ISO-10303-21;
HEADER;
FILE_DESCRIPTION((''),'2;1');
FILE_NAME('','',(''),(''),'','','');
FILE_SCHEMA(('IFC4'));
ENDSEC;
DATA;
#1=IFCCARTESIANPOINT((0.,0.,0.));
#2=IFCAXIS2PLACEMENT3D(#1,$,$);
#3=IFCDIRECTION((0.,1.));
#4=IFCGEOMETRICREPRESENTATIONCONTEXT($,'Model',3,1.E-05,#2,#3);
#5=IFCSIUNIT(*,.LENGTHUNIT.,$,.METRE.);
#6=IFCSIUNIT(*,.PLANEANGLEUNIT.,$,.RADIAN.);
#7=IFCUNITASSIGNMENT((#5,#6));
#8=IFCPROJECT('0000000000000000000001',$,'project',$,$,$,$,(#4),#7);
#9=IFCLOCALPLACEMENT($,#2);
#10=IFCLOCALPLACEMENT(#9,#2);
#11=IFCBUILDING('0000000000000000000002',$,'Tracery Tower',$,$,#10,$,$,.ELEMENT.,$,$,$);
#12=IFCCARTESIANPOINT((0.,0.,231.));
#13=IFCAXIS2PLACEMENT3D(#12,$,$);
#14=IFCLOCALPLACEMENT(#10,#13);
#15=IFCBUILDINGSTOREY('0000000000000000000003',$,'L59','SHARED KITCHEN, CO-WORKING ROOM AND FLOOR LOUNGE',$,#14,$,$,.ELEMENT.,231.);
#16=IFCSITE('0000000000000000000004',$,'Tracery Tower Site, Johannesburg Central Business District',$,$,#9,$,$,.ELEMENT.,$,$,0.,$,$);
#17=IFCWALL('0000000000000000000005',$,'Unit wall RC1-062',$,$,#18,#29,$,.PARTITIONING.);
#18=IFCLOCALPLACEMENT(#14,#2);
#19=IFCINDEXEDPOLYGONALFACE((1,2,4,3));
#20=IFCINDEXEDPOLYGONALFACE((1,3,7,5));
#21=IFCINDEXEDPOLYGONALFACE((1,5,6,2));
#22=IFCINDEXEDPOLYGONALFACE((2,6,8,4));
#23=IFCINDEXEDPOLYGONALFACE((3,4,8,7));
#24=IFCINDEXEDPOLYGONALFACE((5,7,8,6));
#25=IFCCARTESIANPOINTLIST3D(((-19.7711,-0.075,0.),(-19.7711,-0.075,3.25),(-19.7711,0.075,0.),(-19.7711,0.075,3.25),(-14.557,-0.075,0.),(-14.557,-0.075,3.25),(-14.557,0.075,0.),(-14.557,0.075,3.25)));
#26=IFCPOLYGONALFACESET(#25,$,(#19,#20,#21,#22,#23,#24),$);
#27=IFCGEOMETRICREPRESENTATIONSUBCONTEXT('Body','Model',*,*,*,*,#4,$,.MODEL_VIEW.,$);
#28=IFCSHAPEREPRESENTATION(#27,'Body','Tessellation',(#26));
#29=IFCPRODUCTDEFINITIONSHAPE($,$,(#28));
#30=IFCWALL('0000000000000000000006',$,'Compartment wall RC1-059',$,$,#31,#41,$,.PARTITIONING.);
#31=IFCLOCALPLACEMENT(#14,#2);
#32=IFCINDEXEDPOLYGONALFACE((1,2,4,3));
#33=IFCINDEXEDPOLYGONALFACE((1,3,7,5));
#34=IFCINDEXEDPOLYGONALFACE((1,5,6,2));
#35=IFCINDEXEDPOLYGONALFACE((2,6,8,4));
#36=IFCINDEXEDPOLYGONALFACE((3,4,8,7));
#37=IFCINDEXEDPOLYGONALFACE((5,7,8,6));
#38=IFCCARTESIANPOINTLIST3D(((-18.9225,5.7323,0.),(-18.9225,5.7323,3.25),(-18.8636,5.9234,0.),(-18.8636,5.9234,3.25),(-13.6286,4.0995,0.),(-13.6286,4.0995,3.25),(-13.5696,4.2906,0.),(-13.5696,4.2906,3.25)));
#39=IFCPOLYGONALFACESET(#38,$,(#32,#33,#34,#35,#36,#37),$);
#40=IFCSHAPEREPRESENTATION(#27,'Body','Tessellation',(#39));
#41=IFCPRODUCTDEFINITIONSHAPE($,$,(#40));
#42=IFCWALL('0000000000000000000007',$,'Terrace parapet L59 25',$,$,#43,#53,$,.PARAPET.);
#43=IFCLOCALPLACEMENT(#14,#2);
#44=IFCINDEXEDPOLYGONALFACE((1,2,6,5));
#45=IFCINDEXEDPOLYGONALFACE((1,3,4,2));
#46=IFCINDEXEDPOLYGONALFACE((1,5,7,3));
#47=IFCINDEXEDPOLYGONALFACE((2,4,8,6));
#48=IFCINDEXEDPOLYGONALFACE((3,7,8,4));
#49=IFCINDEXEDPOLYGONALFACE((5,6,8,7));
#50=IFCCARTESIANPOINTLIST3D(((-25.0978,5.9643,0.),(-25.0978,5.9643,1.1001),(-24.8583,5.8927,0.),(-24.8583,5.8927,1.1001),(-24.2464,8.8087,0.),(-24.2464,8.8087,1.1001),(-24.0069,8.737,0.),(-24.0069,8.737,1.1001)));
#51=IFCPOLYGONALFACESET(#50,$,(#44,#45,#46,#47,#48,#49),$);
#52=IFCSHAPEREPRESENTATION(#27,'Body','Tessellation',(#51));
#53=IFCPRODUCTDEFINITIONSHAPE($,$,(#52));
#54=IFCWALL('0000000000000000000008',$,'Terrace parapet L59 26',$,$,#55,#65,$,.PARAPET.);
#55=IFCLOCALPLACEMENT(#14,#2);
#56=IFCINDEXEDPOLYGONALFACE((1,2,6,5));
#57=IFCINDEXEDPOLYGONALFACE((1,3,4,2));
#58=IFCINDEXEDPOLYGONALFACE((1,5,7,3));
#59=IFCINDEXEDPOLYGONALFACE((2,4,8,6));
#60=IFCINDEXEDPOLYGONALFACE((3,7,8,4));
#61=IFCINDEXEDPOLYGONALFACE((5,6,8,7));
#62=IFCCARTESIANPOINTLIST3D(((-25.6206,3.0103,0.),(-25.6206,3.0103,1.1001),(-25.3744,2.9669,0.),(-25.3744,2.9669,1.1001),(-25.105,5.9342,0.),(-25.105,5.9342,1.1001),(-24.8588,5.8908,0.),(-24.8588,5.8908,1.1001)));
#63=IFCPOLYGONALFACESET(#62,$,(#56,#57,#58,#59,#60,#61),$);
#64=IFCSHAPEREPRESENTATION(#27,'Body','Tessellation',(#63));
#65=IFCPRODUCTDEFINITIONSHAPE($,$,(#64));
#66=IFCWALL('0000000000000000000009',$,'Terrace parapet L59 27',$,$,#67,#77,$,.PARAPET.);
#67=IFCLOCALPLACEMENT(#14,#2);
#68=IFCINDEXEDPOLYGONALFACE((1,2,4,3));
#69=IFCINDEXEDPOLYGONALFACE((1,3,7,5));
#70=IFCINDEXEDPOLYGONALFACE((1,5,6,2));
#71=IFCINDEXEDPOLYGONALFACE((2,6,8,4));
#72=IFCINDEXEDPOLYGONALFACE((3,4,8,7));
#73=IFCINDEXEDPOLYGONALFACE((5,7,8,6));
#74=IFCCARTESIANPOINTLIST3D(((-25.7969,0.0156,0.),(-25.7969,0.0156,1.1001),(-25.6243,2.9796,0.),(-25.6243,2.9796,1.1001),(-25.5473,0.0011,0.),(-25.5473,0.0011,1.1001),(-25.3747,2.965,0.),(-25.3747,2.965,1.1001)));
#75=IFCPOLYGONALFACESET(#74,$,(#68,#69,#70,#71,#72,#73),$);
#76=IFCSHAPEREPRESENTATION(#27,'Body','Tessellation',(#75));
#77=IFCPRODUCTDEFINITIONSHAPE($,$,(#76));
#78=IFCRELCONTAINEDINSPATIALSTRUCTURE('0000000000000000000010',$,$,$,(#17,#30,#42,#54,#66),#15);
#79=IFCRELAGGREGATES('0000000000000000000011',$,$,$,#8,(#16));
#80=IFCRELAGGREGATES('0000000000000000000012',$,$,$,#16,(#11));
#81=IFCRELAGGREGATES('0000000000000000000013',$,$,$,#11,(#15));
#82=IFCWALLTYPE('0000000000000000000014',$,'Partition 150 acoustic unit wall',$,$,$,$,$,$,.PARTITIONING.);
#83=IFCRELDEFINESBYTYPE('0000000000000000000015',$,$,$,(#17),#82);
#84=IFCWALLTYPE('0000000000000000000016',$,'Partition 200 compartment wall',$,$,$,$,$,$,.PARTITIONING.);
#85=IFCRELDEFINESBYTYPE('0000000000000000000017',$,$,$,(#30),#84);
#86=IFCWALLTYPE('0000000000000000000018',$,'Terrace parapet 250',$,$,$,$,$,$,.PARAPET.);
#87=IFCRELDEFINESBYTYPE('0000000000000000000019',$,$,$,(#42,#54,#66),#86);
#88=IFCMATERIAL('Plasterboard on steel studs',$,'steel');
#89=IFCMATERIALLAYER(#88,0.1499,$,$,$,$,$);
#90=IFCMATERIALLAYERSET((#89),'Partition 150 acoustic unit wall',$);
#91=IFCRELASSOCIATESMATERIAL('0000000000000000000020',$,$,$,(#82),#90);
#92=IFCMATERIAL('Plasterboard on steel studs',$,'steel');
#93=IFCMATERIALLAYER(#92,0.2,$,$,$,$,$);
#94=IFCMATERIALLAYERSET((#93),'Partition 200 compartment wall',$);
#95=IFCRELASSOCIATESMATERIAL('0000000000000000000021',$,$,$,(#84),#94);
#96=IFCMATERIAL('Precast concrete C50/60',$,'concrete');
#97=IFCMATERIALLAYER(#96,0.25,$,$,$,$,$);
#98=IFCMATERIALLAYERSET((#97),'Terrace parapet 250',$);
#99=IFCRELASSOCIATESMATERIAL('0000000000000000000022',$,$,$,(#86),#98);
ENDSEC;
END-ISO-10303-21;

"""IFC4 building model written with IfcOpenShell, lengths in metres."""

from ifc_helpers import new_model, si_unit, direction, frame, frame_2d, origin, place, context, subcontext, project, spatial, rectangle, extrude, material, layer, layer_set, type_object, element, save


model = new_model("IFC4")

# Units and contexts
model_context = context("Model", 3, precision=1e-05, world=origin(), true_north=direction((0.0, 1.0)))
body_context = subcontext(model_context, "Body", "Model", "MODEL_VIEW")
ifc_project = project(units=[si_unit("LENGTHUNIT", "METRE"), si_unit("PLANEANGLEUNIT", "RADIAN")], contexts=[model_context])

# Site, building, storey
site_placement = place(None, origin())
site = spatial("IfcSite", under=ifc_project, at=site_placement, Name="Tracery Tower Site, Johannesburg Central Business District", CompositionType="ELEMENT", RefElevation=0.0)
building_placement = place(site_placement, origin())
building = spatial("IfcBuilding", under=site, at=building_placement, Name="Tracery Tower", CompositionType="ELEMENT")
storey_placement = place(building_placement, frame((0.0, 0.0, 231.0)))
storey = spatial("IfcBuildingStorey", under=building, at=storey_placement, Name="L59", Description="SHARED KITCHEN, CO-WORKING ROOM AND FLOOR LOUNGE", CompositionType="ELEMENT", Elevation=231.0)

# Walls
ifc_material_1 = material(Name="Plasterboard on steel studs", Category="steel")
ifc_layer_1 = layer(ifc_material_1, 0.1499)
ifc_layer_set_1 = layer_set([ifc_layer_1], Name="Partition 150 acoustic unit wall")
wall_type_1 = type_object("IfcWallType", Name="Partition 150 acoustic unit wall", PredefinedType="PARTITIONING", material=ifc_layer_set_1)
wall_1_placement = place(storey_placement, frame((-19.771, 0.0, 0.0), z_axis=(0.0, 0.0, 1.0), x_axis=(1.0, 0.0, 0.0)))
element("IfcWall", 1, at=wall_1_placement, inside=storey, type_object=wall_type_1, Name="Unit wall RC1-062", PredefinedType="PARTITIONING", context=body_context, shape_type="SweptSolid", body=[
    extrude(rectangle(XDim=5.2141, YDim=0.1499, at=frame_2d((2.6069, 0.0))), origin(), (0.0, 0.0, 1.0), 3.25),
])
ifc_material_2 = material(Name="Plasterboard on steel studs", Category="steel")
ifc_layer_2 = layer(ifc_material_2, 0.2)
ifc_layer_set_2 = layer_set([ifc_layer_2], Name="Partition 200 compartment wall")
wall_type_2 = type_object("IfcWallType", Name="Partition 200 compartment wall", PredefinedType="PARTITIONING", material=ifc_layer_set_2)
wall_2_placement = place(storey_placement, frame((-18.8931, 5.8279, 0.0), z_axis=(0.0, 0.0, 1.0), x_axis=(0.955581, -0.29473, 0.0)))
element("IfcWall", 2, at=wall_2_placement, inside=storey, type_object=wall_type_2, Name="Compartment wall RC1-059", PredefinedType="PARTITIONING", context=body_context, shape_type="SweptSolid", body=[
    extrude(rectangle(XDim=5.54, YDim=0.2, at=frame_2d((2.77, 0.0))), origin(), (0.0, 0.0, 1.0), 3.25),
])
ifc_material_3 = material(Name="Precast concrete C50/60", Category="concrete")
ifc_layer_3 = layer(ifc_material_3, 0.25)
ifc_layer_set_3 = layer_set([ifc_layer_3], Name="Terrace parapet 250")
wall_type_3 = type_object("IfcWallType", Name="Terrace parapet 250", PredefinedType="PARAPET", material=ifc_layer_set_3)
for number, where, z_axis, x_axis, name in (
    (3, (-24.1267, 8.7727, 0.0), (0.0, 0.0, 1.0), (-0.286744, -0.958007, 0.0), "Terrace parapet L59 25"),
    (4, (-24.9819, 5.9124, 0.0), (0.0, 0.0, 1.0), (-0.173673, -0.984803, 0.0), "Terrace parapet L59 26"),
    (5, (-25.4995, 2.9722, 0.0), (0.0, 0.0, 1.0), (-0.058139, -0.998309, 0.0), "Terrace parapet L59 27"),
):
    element("IfcWall", number, at=place(storey_placement, frame(where, z_axis=z_axis, x_axis=x_axis)), inside=storey, type_object=wall_type_3, Name=name, PredefinedType="PARAPET", context=body_context, shape_type="SweptSolid", body=[
        extrude(rectangle(XDim=2.969, YDim=0.25, at=frame_2d((1.4844, 0.0))), origin(), (0.0, 0.0, 1.0), 1.1001),
    ])

save(model, "model.ifc")
